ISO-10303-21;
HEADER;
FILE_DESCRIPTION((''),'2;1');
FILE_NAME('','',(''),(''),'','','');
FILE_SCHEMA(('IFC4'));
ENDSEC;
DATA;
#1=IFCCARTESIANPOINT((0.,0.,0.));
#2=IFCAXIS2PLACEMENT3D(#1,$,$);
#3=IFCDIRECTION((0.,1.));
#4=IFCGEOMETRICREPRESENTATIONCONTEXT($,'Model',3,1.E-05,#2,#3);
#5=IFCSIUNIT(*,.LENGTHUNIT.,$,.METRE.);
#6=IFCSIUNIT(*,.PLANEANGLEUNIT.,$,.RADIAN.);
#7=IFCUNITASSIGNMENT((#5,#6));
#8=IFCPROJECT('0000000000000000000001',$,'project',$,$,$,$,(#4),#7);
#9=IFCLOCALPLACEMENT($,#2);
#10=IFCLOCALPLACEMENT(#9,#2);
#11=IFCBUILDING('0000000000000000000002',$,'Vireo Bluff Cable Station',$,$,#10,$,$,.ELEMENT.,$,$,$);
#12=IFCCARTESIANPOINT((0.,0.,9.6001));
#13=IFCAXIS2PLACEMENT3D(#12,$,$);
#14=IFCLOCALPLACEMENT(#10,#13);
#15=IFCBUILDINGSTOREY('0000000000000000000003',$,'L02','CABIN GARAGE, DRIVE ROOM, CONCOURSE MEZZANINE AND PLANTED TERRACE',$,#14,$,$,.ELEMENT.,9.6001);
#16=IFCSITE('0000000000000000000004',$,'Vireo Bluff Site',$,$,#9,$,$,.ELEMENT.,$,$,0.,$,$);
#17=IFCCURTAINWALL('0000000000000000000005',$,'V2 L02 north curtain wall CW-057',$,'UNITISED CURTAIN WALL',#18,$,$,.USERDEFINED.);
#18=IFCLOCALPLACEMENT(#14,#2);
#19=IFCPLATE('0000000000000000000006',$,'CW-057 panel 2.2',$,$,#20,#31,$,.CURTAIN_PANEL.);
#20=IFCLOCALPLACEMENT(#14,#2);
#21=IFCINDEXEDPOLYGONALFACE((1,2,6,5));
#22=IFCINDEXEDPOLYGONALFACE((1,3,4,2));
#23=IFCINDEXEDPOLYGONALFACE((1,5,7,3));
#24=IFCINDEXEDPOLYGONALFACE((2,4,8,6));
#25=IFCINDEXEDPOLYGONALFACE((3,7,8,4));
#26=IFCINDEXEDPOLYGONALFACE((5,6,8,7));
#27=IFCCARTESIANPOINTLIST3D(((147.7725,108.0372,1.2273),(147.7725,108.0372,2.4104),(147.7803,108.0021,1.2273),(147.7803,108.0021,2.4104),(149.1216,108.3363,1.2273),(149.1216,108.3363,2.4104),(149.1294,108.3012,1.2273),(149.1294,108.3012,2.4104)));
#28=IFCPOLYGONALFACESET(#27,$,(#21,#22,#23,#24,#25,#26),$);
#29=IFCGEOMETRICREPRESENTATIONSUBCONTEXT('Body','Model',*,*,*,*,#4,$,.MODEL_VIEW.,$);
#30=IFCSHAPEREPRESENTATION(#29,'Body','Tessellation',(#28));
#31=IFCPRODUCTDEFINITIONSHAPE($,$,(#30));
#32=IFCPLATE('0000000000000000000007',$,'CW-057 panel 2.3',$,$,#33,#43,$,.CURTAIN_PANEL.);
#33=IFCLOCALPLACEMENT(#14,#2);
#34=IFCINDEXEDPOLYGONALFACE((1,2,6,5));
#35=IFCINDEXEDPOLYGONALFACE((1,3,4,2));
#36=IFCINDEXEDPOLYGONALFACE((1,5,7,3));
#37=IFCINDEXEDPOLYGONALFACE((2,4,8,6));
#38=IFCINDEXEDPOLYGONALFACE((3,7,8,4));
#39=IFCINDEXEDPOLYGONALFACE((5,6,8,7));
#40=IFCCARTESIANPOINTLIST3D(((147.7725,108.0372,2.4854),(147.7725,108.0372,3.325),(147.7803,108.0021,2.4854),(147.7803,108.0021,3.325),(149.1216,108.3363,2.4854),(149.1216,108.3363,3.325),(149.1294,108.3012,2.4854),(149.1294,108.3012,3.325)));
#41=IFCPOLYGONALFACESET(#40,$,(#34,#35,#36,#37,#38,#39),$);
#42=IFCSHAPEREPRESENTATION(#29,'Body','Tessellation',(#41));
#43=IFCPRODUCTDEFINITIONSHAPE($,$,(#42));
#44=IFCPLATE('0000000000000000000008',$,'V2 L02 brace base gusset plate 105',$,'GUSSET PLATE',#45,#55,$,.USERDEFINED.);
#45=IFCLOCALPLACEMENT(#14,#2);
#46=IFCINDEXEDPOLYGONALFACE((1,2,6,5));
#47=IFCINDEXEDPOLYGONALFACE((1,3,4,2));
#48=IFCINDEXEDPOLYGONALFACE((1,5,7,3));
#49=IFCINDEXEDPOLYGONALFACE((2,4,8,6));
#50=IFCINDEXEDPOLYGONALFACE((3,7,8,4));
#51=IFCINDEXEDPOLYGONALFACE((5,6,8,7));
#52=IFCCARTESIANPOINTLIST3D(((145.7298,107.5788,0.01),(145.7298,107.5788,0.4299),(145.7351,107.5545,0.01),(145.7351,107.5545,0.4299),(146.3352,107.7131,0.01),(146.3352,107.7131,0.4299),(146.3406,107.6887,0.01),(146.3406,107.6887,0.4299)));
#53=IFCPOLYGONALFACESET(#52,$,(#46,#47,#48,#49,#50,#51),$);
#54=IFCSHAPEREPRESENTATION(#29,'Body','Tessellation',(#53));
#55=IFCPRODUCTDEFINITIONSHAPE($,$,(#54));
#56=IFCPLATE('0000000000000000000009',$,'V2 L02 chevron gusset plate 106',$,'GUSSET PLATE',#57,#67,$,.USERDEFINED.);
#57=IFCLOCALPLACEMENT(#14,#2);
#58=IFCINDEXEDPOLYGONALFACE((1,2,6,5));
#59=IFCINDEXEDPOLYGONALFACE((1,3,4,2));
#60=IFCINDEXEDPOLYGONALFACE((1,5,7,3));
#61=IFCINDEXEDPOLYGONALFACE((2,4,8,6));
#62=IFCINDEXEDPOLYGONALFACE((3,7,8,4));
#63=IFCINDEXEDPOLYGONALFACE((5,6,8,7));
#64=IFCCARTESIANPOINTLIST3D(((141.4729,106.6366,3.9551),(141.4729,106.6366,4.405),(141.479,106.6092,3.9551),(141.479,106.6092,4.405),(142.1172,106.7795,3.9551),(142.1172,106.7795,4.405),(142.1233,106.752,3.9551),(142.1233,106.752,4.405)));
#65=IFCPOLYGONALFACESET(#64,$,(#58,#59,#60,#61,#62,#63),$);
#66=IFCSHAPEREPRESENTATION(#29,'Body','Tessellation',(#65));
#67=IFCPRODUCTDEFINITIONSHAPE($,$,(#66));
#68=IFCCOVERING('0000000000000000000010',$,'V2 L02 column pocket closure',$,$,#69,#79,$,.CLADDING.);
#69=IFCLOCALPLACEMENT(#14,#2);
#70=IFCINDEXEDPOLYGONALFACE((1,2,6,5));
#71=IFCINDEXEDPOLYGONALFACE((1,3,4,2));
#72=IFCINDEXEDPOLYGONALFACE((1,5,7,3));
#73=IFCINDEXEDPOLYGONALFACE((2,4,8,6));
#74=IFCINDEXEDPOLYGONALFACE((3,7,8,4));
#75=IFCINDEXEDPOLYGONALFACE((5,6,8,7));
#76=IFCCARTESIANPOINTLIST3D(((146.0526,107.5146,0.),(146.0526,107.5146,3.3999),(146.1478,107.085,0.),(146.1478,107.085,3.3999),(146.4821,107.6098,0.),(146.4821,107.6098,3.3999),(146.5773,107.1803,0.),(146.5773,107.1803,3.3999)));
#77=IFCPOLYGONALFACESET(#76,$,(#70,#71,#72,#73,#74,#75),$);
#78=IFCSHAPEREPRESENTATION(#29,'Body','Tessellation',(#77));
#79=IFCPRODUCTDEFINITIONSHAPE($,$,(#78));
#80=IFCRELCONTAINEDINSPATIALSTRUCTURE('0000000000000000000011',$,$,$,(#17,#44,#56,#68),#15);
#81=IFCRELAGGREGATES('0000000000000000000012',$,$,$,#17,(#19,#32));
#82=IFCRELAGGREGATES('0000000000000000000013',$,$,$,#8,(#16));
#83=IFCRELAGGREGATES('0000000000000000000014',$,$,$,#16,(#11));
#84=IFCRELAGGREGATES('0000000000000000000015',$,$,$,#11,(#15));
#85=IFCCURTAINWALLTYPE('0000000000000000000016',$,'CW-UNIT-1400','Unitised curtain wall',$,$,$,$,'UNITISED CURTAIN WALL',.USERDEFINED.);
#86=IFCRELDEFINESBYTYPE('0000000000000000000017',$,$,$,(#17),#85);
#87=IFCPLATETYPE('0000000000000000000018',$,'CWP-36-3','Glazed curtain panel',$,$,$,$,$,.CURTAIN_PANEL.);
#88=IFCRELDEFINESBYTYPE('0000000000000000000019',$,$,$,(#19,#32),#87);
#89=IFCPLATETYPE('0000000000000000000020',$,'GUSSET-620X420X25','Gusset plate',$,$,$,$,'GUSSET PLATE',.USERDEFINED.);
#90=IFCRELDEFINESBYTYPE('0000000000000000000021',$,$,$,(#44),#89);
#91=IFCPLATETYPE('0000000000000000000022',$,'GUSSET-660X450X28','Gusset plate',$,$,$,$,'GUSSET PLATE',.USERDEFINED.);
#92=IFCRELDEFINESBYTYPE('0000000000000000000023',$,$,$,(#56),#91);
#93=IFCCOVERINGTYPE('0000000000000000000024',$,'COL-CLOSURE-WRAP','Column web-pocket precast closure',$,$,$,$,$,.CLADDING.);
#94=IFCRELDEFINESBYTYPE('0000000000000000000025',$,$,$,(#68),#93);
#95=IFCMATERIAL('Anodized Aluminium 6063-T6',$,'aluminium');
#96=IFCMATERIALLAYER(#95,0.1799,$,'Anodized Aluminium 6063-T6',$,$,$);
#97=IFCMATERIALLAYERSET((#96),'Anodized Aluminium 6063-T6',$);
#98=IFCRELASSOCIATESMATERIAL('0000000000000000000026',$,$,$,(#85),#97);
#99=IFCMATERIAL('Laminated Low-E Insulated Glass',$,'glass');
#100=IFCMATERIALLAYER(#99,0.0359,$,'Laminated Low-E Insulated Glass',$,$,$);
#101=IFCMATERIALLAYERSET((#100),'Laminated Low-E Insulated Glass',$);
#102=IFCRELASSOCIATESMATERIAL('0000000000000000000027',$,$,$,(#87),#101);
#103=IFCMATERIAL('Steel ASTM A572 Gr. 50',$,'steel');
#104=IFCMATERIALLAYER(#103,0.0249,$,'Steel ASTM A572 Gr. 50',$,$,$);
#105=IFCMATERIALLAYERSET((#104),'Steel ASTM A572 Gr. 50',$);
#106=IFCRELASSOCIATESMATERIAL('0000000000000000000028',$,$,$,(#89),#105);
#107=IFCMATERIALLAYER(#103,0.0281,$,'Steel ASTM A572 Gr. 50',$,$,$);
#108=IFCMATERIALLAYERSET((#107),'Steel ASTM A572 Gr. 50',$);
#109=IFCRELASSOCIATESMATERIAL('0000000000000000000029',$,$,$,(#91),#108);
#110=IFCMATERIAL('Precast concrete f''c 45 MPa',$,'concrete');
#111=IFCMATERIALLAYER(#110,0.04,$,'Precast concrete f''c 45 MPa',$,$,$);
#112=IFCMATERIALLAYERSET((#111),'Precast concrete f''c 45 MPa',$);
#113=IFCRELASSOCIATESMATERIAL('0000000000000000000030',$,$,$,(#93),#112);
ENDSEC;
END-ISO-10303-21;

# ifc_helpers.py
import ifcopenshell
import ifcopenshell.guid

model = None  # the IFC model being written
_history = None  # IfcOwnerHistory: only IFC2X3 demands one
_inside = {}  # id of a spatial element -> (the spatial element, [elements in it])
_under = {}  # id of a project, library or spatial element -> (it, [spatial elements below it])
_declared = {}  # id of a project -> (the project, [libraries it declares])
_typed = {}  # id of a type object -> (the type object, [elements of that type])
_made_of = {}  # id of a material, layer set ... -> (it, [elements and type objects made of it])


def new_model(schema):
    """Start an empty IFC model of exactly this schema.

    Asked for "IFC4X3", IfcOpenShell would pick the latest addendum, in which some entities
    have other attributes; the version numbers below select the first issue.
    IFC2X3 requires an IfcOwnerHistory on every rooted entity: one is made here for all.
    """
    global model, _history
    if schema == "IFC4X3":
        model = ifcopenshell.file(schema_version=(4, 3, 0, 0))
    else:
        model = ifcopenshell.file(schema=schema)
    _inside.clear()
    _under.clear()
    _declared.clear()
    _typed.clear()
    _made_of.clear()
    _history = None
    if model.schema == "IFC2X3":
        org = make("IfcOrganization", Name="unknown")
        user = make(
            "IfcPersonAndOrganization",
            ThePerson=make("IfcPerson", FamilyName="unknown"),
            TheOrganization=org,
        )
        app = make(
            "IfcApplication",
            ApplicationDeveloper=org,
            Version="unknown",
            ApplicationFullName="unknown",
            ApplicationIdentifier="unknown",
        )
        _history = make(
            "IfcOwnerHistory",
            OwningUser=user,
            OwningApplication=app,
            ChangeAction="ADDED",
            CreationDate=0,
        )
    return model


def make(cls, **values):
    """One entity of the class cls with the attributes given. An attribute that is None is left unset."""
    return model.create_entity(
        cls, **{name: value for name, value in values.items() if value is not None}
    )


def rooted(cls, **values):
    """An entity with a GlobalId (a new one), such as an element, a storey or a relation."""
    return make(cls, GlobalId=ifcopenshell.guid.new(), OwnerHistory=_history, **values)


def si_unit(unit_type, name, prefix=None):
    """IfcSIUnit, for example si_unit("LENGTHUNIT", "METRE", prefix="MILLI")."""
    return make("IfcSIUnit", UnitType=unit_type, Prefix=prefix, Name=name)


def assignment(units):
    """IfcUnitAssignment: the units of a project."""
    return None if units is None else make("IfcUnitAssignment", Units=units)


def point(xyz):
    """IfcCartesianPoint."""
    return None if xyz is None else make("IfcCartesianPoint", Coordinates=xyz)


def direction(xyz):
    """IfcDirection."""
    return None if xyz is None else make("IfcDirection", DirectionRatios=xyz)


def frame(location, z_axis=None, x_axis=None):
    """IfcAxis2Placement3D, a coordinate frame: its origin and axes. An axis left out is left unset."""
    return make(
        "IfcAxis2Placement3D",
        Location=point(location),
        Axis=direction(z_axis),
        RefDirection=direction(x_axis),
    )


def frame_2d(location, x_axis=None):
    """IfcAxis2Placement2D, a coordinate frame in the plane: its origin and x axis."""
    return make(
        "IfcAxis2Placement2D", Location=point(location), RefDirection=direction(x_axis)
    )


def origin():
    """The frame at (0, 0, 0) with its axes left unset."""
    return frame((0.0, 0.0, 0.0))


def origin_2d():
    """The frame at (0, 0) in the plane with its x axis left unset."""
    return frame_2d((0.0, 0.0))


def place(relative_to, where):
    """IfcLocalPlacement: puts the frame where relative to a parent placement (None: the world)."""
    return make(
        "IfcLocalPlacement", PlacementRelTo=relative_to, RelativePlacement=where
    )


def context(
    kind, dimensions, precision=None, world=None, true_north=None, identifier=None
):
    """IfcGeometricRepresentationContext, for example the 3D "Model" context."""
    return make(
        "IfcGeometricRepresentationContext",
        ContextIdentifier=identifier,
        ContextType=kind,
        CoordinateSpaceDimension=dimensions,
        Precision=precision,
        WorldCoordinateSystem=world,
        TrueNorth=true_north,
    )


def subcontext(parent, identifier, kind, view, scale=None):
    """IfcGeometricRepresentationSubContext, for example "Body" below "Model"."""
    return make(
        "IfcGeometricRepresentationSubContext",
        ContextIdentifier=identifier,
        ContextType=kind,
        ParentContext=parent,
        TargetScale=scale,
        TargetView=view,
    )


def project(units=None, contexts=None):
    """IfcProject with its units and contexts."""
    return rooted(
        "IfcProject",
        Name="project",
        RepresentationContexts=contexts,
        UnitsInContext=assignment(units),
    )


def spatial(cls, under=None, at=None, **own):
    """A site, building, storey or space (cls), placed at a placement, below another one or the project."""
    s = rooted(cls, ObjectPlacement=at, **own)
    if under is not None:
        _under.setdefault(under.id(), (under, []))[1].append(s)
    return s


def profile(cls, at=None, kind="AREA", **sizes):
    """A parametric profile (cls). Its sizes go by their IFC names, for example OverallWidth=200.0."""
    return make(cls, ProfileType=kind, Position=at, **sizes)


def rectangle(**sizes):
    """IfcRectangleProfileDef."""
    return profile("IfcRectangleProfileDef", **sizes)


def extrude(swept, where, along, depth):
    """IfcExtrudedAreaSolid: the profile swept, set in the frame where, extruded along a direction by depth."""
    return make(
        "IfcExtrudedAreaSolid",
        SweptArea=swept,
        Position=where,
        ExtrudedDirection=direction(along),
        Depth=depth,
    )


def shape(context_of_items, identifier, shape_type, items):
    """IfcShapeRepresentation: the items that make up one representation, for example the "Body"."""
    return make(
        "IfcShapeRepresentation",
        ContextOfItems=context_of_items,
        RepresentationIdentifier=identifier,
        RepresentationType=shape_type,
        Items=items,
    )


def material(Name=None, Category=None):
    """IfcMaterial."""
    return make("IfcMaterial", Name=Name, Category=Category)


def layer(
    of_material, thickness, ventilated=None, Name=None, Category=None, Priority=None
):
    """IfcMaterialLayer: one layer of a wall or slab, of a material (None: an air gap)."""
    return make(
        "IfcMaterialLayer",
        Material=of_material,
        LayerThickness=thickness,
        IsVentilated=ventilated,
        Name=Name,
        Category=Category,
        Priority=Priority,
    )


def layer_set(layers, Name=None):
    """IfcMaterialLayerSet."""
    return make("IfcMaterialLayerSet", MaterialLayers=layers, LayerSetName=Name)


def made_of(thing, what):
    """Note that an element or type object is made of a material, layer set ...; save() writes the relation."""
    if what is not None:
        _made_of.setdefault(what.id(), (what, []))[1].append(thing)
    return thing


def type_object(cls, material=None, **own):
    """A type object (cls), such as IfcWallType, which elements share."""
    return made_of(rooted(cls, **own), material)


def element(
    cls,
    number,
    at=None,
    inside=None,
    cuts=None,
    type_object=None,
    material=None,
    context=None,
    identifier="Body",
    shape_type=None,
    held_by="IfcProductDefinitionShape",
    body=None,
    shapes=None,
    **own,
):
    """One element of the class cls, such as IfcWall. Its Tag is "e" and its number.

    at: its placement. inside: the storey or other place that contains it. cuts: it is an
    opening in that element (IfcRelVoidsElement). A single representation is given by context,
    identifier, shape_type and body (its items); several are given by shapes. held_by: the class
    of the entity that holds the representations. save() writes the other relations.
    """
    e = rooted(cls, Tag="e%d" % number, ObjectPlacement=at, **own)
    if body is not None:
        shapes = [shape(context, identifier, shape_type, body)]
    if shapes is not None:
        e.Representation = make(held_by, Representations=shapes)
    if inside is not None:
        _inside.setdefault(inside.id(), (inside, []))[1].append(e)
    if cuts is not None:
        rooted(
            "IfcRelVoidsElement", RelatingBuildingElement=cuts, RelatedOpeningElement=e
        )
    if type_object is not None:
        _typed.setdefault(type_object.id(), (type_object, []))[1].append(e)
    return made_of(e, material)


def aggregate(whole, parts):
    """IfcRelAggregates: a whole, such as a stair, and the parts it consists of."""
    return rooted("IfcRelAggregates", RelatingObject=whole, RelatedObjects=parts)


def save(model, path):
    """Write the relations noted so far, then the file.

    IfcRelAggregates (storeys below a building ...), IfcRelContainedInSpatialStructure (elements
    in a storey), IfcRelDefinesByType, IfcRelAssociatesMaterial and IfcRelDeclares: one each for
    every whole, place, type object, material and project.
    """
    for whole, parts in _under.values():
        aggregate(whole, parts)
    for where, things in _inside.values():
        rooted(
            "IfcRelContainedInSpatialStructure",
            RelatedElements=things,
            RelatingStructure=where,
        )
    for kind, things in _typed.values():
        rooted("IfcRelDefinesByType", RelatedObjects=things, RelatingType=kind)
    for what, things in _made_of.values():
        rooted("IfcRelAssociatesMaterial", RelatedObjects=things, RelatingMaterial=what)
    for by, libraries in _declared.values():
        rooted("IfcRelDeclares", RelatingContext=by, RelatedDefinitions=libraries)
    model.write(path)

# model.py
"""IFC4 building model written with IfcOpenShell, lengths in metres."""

from ifc_helpers import new_model, si_unit, direction, frame, origin, origin_2d, place, context, subcontext, project, spatial, rectangle, extrude, material, layer, layer_set, type_object, element, aggregate, save


model = new_model("IFC4")

# Units and contexts
model_context = context("Model", 3, precision=1e-05, world=origin(), true_north=direction((0.0, 1.0)))
body_context = subcontext(model_context, "Body", "Model", "MODEL_VIEW")
ifc_project = project(units=[si_unit("LENGTHUNIT", "METRE"), si_unit("PLANEANGLEUNIT", "RADIAN")], contexts=[model_context])

# Site, building, storey
site_placement = place(None, origin())
site = spatial("IfcSite", under=ifc_project, at=site_placement, Name="Vireo Bluff Site", CompositionType="ELEMENT", RefElevation=0.0)
building_placement = place(site_placement, origin())
building = spatial("IfcBuilding", under=site, at=building_placement, Name="Vireo Bluff Cable Station", CompositionType="ELEMENT")
storey_placement = place(building_placement, frame((0.0, 0.0, 9.6001)))
storey = spatial("IfcBuildingStorey", under=building, at=storey_placement, Name="L02", Description="CABIN GARAGE, DRIVE ROOM, CONCOURSE MEZZANINE AND PLANTED TERRACE", CompositionType="ELEMENT", Elevation=9.6001)

# Curtain wall
ifc_material_1 = material(Name="Anodized Aluminium 6063-T6", Category="aluminium")
ifc_layer_1 = layer(ifc_material_1, 0.1799, Name="Anodized Aluminium 6063-T6")
ifc_layer_set_1 = layer_set([ifc_layer_1], Name="Anodized Aluminium 6063-T6")
curtain_wall_type = type_object("IfcCurtainWallType", Name="CW-UNIT-1400", Description="Unitised curtain wall", ElementType="UNITISED CURTAIN WALL", PredefinedType="USERDEFINED", material=ifc_layer_set_1)
curtain_wall_placement = place(storey_placement, origin())
curtain_wall = element("IfcCurtainWall", 1, at=curtain_wall_placement, inside=storey, type_object=curtain_wall_type, Name="V2 L02 north curtain wall CW-057", ObjectType="UNITISED CURTAIN WALL", PredefinedType="USERDEFINED")

# Plates
ifc_material_2 = material(Name="Laminated Low-E Insulated Glass", Category="glass")
ifc_layer_2 = layer(ifc_material_2, 0.0359, Name="Laminated Low-E Insulated Glass")
ifc_layer_set_2 = layer_set([ifc_layer_2], Name="Laminated Low-E Insulated Glass")
plate_type_1 = type_object("IfcPlateType", Name="CWP-36-3", Description="Glazed curtain panel", PredefinedType="CURTAIN_PANEL", material=ifc_layer_set_2)
plate_1_placement = place(storey_placement, frame((148.4509, 108.1692, 1.2273), z_axis=(0.0, 0.0, 1.0), x_axis=(0.976296, 0.21644, 0.0)))
plate_1 = element("IfcPlate", 2, at=plate_1_placement, type_object=plate_type_1, Name="CW-057 panel 2.2", PredefinedType="CURTAIN_PANEL", context=body_context, shape_type="SweptSolid", body=[
    extrude(rectangle(XDim=1.3818, YDim=0.0359, at=origin_2d()), origin(), (0.0, 0.0, 1.0), 1.1831),
])
plate_2_placement = place(storey_placement, frame((148.4509, 108.1692, 2.4854), z_axis=(0.0, 0.0, 1.0), x_axis=(0.976296, 0.21644, 0.0)))
plate_2 = element("IfcPlate", 3, at=plate_2_placement, type_object=plate_type_1, Name="CW-057 panel 2.3", PredefinedType="CURTAIN_PANEL", context=body_context, shape_type="SweptSolid", body=[
    extrude(rectangle(XDim=1.3818, YDim=0.0359, at=origin_2d()), origin(), (0.0, 0.0, 1.0), 0.8396),
])
aggregate(curtain_wall, [plate_1, plate_2])

# Plates
ifc_material_3 = material(Name="Steel ASTM A572 Gr. 50", Category="steel")
ifc_layer_3 = layer(ifc_material_3, 0.0249, Name="Steel ASTM A572 Gr. 50")
ifc_layer_set_3 = layer_set([ifc_layer_3], Name="Steel ASTM A572 Gr. 50")
plate_type_2 = type_object("IfcPlateType", Name="GUSSET-620X420X25", Description="Gusset plate", ElementType="GUSSET PLATE", PredefinedType="USERDEFINED", material=ifc_layer_set_3)
plate_3_placement = place(storey_placement, frame((146.0352, 107.6338, 0.01), z_axis=(0.0, 0.0, 1.0), x_axis=(0.976296, 0.21644, 0.0)))
element("IfcPlate", 4, at=plate_3_placement, inside=storey, type_object=plate_type_2, Name="V2 L02 brace base gusset plate 105", ObjectType="GUSSET PLATE", PredefinedType="USERDEFINED", context=body_context, shape_type="SweptSolid", body=[
    extrude(rectangle(XDim=0.6201, YDim=0.0249, at=origin_2d()), origin(), (0.0, 0.0, 1.0), 0.4199),
])
ifc_layer_4 = layer(ifc_material_3, 0.0281, Name="Steel ASTM A572 Gr. 50")
ifc_layer_set_4 = layer_set([ifc_layer_4], Name="Steel ASTM A572 Gr. 50")
plate_type_3 = type_object("IfcPlateType", Name="GUSSET-660X450X28", Description="Gusset plate", ElementType="GUSSET PLATE", PredefinedType="USERDEFINED", material=ifc_layer_set_4)
plate_4_placement = place(storey_placement, frame((141.7981, 106.6943, 3.9551), z_axis=(0.0, 0.0, 1.0), x_axis=(0.976296, 0.21644, 0.0)))
element("IfcPlate", 5, at=plate_4_placement, inside=storey, type_object=plate_type_3, Name="V2 L02 chevron gusset plate 106", ObjectType="GUSSET PLATE", PredefinedType="USERDEFINED", context=body_context, shape_type="SweptSolid", body=[
    extrude(rectangle(XDim=0.6599, YDim=0.0281, at=origin_2d()), origin(), (0.0, 0.0, 1.0), 0.45),
])

# Covering
ifc_material_4 = material(Name="Precast concrete f'c 45 MPa", Category="concrete")
ifc_layer_5 = layer(ifc_material_4, 0.04, Name="Precast concrete f'c 45 MPa")
ifc_layer_set_5 = layer_set([ifc_layer_5], Name="Precast concrete f'c 45 MPa")
covering_type = type_object("IfcCoveringType", Name="COL-CLOSURE-WRAP", Description="Column web-pocket precast closure", PredefinedType="CLADDING", material=ifc_layer_set_5)
covering_placement = place(storey_placement, frame((146.3149, 107.3474, 0.0), z_axis=(0.0, 0.0, 1.0), x_axis=(0.976296, 0.21644, 0.0)))
element("IfcCovering", 6, at=covering_placement, inside=storey, type_object=covering_type, Name="V2 L02 column pocket closure", PredefinedType="CLADDING", context=body_context, shape_type="SweptSolid", body=[
    extrude(rectangle(XDim=0.4399, YDim=0.4399, at=origin_2d()), origin(), (0.0, 0.0, 1.0), 3.3999),
])

save(model, "model.ifc")
